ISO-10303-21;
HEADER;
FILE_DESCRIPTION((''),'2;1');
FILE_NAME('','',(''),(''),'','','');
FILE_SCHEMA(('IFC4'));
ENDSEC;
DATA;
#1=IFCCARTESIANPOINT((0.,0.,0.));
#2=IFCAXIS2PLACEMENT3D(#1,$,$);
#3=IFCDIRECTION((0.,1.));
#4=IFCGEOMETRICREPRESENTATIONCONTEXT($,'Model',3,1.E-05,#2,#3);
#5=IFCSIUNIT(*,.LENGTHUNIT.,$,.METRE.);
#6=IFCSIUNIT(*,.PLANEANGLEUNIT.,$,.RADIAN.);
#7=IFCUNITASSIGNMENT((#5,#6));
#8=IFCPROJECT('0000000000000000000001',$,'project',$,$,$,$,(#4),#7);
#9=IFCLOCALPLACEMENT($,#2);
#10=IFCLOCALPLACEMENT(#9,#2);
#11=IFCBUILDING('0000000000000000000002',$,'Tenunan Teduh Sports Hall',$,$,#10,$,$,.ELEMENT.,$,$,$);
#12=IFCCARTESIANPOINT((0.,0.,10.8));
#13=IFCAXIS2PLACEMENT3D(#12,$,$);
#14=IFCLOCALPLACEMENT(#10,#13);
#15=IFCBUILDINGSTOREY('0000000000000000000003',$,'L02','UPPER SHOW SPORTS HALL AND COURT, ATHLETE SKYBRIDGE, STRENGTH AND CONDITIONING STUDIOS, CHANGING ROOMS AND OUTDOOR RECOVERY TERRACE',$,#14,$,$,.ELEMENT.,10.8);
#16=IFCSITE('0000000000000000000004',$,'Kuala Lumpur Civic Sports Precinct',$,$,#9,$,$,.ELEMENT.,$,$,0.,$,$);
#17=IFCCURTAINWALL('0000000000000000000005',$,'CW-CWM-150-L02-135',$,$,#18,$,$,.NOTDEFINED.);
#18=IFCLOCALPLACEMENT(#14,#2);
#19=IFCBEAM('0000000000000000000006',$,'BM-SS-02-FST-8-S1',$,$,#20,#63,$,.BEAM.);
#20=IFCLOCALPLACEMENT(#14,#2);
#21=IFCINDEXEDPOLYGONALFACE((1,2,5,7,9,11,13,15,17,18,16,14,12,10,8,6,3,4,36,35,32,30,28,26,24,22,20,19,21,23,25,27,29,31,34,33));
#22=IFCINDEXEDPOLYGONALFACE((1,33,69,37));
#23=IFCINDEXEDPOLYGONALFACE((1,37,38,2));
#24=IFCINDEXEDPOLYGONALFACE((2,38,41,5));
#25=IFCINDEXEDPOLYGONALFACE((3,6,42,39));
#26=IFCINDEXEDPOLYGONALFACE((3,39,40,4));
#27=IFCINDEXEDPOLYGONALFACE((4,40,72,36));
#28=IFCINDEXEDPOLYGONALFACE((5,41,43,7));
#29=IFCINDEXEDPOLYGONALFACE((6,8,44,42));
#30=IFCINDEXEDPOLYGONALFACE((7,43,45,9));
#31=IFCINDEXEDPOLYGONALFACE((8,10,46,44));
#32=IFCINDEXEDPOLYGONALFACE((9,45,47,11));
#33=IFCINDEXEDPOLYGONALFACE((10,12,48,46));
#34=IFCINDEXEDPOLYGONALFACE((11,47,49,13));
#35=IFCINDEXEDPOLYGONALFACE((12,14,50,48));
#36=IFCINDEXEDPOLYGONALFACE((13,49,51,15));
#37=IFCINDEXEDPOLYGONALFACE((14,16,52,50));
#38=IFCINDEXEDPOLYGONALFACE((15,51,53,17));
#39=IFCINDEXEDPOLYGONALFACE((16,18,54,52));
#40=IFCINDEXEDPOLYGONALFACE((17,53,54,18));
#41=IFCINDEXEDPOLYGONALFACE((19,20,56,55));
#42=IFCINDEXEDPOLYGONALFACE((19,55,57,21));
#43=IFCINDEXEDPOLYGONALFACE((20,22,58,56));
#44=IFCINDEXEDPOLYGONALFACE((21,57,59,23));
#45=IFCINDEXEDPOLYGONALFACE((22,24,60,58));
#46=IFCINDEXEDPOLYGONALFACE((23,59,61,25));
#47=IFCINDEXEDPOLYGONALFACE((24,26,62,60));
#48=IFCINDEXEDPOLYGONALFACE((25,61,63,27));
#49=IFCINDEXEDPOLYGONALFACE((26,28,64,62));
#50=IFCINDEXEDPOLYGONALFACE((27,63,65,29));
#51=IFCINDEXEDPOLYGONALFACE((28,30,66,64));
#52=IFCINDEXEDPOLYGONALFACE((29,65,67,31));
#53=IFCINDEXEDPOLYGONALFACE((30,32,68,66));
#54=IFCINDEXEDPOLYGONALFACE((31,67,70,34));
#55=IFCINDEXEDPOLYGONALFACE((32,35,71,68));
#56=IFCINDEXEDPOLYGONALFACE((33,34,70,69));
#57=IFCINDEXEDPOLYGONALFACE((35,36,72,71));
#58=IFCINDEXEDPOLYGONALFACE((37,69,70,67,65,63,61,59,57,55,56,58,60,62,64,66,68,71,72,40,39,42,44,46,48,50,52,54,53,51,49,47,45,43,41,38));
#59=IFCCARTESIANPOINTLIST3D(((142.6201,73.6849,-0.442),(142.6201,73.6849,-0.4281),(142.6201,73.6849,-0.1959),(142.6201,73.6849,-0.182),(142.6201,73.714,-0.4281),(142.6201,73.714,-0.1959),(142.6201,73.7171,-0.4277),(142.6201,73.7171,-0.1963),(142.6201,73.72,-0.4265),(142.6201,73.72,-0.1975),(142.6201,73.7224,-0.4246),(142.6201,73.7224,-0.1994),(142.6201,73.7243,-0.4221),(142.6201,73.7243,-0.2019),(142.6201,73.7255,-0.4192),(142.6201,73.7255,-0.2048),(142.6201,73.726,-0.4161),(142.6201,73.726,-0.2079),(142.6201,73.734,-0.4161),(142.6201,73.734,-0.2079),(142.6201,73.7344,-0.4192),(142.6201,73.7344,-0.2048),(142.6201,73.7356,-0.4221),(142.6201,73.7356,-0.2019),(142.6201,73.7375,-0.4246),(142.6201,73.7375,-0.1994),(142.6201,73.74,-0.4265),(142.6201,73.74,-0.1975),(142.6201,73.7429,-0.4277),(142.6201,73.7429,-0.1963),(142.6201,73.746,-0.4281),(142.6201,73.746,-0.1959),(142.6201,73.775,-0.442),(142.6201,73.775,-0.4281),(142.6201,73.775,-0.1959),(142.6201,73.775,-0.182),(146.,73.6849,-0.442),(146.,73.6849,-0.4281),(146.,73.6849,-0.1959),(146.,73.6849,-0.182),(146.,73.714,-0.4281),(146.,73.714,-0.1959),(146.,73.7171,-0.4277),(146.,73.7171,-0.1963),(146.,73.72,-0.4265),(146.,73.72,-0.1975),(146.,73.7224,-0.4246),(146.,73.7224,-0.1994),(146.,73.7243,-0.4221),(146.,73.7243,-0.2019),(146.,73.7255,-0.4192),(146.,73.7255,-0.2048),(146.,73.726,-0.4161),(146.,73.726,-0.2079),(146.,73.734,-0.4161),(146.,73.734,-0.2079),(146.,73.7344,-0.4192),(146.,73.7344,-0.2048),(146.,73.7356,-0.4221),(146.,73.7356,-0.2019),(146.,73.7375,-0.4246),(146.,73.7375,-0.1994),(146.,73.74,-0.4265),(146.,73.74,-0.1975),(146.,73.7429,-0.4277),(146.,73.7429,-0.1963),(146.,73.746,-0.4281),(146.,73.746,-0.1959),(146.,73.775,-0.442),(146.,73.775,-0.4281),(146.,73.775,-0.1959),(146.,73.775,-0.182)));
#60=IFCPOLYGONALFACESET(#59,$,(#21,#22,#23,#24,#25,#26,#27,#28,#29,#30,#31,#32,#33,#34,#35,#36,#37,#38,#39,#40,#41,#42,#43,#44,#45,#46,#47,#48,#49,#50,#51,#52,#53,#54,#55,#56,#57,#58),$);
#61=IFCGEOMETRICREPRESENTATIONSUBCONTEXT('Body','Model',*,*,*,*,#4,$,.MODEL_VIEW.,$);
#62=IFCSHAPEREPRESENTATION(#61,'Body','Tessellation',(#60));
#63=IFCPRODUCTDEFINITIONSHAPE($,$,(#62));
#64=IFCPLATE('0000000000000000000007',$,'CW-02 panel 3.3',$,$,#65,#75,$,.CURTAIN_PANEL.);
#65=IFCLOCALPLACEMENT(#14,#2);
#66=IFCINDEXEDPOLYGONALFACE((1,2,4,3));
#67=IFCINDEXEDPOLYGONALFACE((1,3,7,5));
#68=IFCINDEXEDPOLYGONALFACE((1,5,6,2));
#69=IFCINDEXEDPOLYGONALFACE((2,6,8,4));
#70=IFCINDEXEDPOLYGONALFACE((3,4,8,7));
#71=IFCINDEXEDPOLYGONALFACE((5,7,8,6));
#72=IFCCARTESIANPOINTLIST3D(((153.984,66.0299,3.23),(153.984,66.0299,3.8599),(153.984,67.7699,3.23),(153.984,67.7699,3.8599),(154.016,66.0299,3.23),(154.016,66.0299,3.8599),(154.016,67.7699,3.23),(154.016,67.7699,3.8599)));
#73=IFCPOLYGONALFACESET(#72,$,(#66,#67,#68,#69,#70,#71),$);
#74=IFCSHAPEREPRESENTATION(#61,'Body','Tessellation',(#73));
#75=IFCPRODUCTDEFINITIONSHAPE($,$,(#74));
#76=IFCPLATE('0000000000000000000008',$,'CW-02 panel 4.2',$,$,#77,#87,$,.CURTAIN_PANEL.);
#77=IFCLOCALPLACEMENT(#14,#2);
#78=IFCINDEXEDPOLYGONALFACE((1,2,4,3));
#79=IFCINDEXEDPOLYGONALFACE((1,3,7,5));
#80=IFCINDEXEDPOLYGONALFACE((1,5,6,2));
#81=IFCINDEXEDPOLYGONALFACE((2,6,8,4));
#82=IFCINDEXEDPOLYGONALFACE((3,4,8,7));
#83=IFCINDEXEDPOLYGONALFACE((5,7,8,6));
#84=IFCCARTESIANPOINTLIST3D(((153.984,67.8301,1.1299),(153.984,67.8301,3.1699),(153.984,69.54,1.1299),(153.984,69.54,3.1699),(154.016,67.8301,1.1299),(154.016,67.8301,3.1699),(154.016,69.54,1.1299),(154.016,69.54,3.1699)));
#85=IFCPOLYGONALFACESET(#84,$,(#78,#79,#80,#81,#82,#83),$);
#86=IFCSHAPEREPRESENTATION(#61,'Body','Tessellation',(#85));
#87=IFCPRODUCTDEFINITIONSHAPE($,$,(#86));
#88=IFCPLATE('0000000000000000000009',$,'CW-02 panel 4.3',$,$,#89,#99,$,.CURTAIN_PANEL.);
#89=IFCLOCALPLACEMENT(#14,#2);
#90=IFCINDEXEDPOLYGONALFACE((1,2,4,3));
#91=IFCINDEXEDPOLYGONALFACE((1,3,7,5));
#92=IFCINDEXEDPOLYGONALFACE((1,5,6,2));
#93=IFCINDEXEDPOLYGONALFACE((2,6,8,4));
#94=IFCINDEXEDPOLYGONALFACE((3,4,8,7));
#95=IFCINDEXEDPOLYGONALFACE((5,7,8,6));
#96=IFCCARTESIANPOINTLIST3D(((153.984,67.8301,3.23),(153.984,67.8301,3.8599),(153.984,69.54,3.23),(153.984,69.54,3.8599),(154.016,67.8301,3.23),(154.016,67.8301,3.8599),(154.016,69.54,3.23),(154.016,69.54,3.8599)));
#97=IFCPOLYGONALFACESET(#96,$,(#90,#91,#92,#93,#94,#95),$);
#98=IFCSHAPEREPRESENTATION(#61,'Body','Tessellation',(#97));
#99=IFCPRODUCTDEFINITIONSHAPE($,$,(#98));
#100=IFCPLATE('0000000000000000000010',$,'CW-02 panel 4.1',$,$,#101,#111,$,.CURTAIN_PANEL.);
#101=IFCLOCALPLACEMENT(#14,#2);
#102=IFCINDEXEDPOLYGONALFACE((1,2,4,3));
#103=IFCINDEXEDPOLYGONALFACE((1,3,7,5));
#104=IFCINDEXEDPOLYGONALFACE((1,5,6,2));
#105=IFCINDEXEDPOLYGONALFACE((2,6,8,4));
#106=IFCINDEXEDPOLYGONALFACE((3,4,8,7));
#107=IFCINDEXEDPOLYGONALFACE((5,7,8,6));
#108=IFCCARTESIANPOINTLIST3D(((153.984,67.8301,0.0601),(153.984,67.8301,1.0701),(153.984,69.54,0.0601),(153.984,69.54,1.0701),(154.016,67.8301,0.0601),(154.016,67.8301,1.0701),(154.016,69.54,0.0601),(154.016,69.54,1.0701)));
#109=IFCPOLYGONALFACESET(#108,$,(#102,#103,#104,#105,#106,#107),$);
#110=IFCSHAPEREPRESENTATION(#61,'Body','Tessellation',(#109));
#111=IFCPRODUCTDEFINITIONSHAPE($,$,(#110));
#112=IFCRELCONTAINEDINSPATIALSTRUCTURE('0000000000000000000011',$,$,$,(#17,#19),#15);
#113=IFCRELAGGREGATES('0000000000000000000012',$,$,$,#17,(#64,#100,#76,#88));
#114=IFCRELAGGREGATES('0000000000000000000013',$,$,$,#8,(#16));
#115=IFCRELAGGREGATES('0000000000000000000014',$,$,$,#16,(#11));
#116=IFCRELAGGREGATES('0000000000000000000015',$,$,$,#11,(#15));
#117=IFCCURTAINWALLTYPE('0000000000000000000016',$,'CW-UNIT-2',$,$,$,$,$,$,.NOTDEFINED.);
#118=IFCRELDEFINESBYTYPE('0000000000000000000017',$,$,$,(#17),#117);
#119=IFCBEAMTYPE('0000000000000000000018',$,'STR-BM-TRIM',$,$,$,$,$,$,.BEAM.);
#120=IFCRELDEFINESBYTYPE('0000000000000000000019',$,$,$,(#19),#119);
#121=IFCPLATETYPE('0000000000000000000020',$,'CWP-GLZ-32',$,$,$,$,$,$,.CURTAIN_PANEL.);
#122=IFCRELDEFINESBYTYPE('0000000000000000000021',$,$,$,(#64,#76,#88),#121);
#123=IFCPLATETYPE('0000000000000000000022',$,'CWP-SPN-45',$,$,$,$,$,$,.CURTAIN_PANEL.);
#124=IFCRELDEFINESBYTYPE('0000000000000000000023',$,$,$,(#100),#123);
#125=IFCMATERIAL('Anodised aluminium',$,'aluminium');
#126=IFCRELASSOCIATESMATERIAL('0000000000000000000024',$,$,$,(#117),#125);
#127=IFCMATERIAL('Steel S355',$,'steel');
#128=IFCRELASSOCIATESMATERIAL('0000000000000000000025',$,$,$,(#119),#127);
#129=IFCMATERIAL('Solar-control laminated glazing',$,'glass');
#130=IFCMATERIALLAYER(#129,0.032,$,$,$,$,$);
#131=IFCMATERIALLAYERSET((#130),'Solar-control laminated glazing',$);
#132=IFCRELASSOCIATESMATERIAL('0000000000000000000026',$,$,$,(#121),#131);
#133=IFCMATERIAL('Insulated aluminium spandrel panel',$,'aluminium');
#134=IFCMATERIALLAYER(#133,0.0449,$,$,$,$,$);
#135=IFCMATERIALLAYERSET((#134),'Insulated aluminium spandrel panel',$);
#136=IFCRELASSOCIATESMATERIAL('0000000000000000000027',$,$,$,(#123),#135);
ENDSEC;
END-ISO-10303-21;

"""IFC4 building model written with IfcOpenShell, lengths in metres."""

from ifc_helpers import new_model, si_unit, direction, frame, origin, origin_2d, place, context, subcontext, project, spatial, rectangle, i_section, extrude, material, layer, layer_set, material_profile, profile_set, type_object, element, aggregate, save


model = new_model("IFC4")

# Units and contexts
model_context = context("Model", 3, precision=1e-05, world=origin(), true_north=direction((0.0, 1.0)))
body_context = subcontext(model_context, "Body", "Model", "MODEL_VIEW")
ifc_project = project(units=[si_unit("LENGTHUNIT", "METRE"), si_unit("PLANEANGLEUNIT", "RADIAN")], contexts=[model_context])

# Site, building, storey
site_placement = place(None, origin())
site = spatial("IfcSite", under=ifc_project, at=site_placement, Name="Kuala Lumpur Civic Sports Precinct", CompositionType="ELEMENT", RefElevation=0.0)
building_placement = place(site_placement, origin())
building = spatial("IfcBuilding", under=site, at=building_placement, Name="Tenunan Teduh Sports Hall", CompositionType="ELEMENT")
storey_placement = place(building_placement, frame((0.0, 0.0, 10.8)))
storey = spatial("IfcBuildingStorey", under=building, at=storey_placement, Name="L02", Description="UPPER SHOW SPORTS HALL AND COURT, ATHLETE SKYBRIDGE, STRENGTH AND CONDITIONING STUDIOS, CHANGING ROOMS AND OUTDOOR RECOVERY TERRACE", CompositionType="ELEMENT", Elevation=10.8)

# Curtain wall
ifc_material_1 = material(Name="Anodised aluminium", Category="aluminium")
curtain_wall_type = type_object("IfcCurtainWallType", Name="CW-UNIT-2", PredefinedType="NOTDEFINED", material=ifc_material_1)
curtain_wall_1_placement = place(storey_placement, origin())
curtain_wall_1 = element("IfcCurtainWall", 1, at=curtain_wall_1_placement, inside=storey, type_object=curtain_wall_type, Name="CW-CWM-150-L02-135", PredefinedType="NOTDEFINED")

# Beam
ifc_material_2 = material(Name="Steel S355", Category="steel")
ifc_material_profile_1 = material_profile(ifc_material_2, i_section(OverallWidth=0.0901, OverallDepth=0.26, WebThickness=0.0081, FlangeThickness=0.0139, FilletRadius=0.012, at=origin_2d()), Name="PFC 260x90")
ifc_profile_set_1 = profile_set([ifc_material_profile_1], Name="Steel S355")
beam_type_1 = type_object("IfcBeamType", Name="STR-BM-TRIM", PredefinedType="BEAM", material=ifc_profile_set_1)
beam_1_placement = place(storey_placement, frame((142.6201, 73.73, -0.312), z_axis=(1.0, 0.0, 0.0), x_axis=(0.0, 1.0, 0.0)))
element("IfcBeam", 2, at=beam_1_placement, inside=storey, type_object=beam_type_1, Name="BM-SS-02-FST-8-S1", PredefinedType="BEAM", context=body_context, shape_type="SweptSolid", body=[
    extrude(i_section(OverallWidth=0.0901, OverallDepth=0.26, WebThickness=0.0081, FlangeThickness=0.0139, FilletRadius=0.012, at=origin_2d()), origin(), (0.0, 0.0, 1.0), 3.3799),
])

# Plates
ifc_material_3 = material(Name="Solar-control laminated glazing", Category="glass")
ifc_layer_1 = layer(ifc_material_3, 0.032)
ifc_layer_set_1 = layer_set([ifc_layer_1], Name="Solar-control laminated glazing")
plate_type_1 = type_object("IfcPlateType", Name="CWP-GLZ-32", PredefinedType="CURTAIN_PANEL", material=ifc_layer_set_1)
plate_1_placement = place(storey_placement, frame((154.0, 66.8999, 3.23), z_axis=(0.0, 0.0, 1.0), x_axis=(0.0, 1.0, 0.0)))
plate_1 = element("IfcPlate", 3, at=plate_1_placement, type_object=plate_type_1, Name="CW-02 panel 3.3", PredefinedType="CURTAIN_PANEL", context=body_context, shape_type="SweptSolid", body=[
    extrude(rectangle(XDim=1.74, YDim=0.032, at=origin_2d()), origin(), (0.0, 0.0, 1.0), 0.6299),
])
plate_2_placement = place(storey_placement, frame((154.0, 68.6851, 1.1299), z_axis=(0.0, 0.0, 1.0), x_axis=(0.0, 1.0, 0.0)))
plate_2 = element("IfcPlate", 4, at=plate_2_placement, type_object=plate_type_1, Name="CW-02 panel 4.2", PredefinedType="CURTAIN_PANEL", context=body_context, shape_type="SweptSolid", body=[
    extrude(rectangle(XDim=1.71, YDim=0.032, at=origin_2d()), origin(), (0.0, 0.0, 1.0), 2.04),
])
plate_3_placement = place(storey_placement, frame((154.0, 68.6851, 3.23), z_axis=(0.0, 0.0, 1.0), x_axis=(0.0, 1.0, 0.0)))
plate_3 = element("IfcPlate", 5, at=plate_3_placement, type_object=plate_type_1, Name="CW-02 panel 4.3", PredefinedType="CURTAIN_PANEL", context=body_context, shape_type="SweptSolid", body=[
    extrude(rectangle(XDim=1.71, YDim=0.032, at=origin_2d()), origin(), (0.0, 0.0, 1.0), 0.6299),
])
ifc_material_4 = material(Name="Insulated aluminium spandrel panel", Category="aluminium")
ifc_layer_2 = layer(ifc_material_4, 0.0449)
ifc_layer_set_2 = layer_set([ifc_layer_2], Name="Insulated aluminium spandrel panel")
plate_type_2 = type_object("IfcPlateType", Name="CWP-SPN-45", PredefinedType="CURTAIN_PANEL", material=ifc_layer_set_2)
plate_4_placement = place(storey_placement, frame((154.0, 68.6851, 0.0601), z_axis=(0.0, 0.0, 1.0), x_axis=(0.0, 1.0, 0.0)))
plate_4 = element("IfcPlate", 6, at=plate_4_placement, type_object=plate_type_2, Name="CW-02 panel 4.1", PredefinedType="CURTAIN_PANEL", context=body_context, shape_type="SweptSolid", body=[
    extrude(rectangle(XDim=1.71, YDim=0.032, at=origin_2d()), origin(), (0.0, 0.0, 1.0), 1.01),
])
aggregate(curtain_wall_1, [plate_1, plate_4, plate_2, plate_3])

save(model, "model.ifc")
